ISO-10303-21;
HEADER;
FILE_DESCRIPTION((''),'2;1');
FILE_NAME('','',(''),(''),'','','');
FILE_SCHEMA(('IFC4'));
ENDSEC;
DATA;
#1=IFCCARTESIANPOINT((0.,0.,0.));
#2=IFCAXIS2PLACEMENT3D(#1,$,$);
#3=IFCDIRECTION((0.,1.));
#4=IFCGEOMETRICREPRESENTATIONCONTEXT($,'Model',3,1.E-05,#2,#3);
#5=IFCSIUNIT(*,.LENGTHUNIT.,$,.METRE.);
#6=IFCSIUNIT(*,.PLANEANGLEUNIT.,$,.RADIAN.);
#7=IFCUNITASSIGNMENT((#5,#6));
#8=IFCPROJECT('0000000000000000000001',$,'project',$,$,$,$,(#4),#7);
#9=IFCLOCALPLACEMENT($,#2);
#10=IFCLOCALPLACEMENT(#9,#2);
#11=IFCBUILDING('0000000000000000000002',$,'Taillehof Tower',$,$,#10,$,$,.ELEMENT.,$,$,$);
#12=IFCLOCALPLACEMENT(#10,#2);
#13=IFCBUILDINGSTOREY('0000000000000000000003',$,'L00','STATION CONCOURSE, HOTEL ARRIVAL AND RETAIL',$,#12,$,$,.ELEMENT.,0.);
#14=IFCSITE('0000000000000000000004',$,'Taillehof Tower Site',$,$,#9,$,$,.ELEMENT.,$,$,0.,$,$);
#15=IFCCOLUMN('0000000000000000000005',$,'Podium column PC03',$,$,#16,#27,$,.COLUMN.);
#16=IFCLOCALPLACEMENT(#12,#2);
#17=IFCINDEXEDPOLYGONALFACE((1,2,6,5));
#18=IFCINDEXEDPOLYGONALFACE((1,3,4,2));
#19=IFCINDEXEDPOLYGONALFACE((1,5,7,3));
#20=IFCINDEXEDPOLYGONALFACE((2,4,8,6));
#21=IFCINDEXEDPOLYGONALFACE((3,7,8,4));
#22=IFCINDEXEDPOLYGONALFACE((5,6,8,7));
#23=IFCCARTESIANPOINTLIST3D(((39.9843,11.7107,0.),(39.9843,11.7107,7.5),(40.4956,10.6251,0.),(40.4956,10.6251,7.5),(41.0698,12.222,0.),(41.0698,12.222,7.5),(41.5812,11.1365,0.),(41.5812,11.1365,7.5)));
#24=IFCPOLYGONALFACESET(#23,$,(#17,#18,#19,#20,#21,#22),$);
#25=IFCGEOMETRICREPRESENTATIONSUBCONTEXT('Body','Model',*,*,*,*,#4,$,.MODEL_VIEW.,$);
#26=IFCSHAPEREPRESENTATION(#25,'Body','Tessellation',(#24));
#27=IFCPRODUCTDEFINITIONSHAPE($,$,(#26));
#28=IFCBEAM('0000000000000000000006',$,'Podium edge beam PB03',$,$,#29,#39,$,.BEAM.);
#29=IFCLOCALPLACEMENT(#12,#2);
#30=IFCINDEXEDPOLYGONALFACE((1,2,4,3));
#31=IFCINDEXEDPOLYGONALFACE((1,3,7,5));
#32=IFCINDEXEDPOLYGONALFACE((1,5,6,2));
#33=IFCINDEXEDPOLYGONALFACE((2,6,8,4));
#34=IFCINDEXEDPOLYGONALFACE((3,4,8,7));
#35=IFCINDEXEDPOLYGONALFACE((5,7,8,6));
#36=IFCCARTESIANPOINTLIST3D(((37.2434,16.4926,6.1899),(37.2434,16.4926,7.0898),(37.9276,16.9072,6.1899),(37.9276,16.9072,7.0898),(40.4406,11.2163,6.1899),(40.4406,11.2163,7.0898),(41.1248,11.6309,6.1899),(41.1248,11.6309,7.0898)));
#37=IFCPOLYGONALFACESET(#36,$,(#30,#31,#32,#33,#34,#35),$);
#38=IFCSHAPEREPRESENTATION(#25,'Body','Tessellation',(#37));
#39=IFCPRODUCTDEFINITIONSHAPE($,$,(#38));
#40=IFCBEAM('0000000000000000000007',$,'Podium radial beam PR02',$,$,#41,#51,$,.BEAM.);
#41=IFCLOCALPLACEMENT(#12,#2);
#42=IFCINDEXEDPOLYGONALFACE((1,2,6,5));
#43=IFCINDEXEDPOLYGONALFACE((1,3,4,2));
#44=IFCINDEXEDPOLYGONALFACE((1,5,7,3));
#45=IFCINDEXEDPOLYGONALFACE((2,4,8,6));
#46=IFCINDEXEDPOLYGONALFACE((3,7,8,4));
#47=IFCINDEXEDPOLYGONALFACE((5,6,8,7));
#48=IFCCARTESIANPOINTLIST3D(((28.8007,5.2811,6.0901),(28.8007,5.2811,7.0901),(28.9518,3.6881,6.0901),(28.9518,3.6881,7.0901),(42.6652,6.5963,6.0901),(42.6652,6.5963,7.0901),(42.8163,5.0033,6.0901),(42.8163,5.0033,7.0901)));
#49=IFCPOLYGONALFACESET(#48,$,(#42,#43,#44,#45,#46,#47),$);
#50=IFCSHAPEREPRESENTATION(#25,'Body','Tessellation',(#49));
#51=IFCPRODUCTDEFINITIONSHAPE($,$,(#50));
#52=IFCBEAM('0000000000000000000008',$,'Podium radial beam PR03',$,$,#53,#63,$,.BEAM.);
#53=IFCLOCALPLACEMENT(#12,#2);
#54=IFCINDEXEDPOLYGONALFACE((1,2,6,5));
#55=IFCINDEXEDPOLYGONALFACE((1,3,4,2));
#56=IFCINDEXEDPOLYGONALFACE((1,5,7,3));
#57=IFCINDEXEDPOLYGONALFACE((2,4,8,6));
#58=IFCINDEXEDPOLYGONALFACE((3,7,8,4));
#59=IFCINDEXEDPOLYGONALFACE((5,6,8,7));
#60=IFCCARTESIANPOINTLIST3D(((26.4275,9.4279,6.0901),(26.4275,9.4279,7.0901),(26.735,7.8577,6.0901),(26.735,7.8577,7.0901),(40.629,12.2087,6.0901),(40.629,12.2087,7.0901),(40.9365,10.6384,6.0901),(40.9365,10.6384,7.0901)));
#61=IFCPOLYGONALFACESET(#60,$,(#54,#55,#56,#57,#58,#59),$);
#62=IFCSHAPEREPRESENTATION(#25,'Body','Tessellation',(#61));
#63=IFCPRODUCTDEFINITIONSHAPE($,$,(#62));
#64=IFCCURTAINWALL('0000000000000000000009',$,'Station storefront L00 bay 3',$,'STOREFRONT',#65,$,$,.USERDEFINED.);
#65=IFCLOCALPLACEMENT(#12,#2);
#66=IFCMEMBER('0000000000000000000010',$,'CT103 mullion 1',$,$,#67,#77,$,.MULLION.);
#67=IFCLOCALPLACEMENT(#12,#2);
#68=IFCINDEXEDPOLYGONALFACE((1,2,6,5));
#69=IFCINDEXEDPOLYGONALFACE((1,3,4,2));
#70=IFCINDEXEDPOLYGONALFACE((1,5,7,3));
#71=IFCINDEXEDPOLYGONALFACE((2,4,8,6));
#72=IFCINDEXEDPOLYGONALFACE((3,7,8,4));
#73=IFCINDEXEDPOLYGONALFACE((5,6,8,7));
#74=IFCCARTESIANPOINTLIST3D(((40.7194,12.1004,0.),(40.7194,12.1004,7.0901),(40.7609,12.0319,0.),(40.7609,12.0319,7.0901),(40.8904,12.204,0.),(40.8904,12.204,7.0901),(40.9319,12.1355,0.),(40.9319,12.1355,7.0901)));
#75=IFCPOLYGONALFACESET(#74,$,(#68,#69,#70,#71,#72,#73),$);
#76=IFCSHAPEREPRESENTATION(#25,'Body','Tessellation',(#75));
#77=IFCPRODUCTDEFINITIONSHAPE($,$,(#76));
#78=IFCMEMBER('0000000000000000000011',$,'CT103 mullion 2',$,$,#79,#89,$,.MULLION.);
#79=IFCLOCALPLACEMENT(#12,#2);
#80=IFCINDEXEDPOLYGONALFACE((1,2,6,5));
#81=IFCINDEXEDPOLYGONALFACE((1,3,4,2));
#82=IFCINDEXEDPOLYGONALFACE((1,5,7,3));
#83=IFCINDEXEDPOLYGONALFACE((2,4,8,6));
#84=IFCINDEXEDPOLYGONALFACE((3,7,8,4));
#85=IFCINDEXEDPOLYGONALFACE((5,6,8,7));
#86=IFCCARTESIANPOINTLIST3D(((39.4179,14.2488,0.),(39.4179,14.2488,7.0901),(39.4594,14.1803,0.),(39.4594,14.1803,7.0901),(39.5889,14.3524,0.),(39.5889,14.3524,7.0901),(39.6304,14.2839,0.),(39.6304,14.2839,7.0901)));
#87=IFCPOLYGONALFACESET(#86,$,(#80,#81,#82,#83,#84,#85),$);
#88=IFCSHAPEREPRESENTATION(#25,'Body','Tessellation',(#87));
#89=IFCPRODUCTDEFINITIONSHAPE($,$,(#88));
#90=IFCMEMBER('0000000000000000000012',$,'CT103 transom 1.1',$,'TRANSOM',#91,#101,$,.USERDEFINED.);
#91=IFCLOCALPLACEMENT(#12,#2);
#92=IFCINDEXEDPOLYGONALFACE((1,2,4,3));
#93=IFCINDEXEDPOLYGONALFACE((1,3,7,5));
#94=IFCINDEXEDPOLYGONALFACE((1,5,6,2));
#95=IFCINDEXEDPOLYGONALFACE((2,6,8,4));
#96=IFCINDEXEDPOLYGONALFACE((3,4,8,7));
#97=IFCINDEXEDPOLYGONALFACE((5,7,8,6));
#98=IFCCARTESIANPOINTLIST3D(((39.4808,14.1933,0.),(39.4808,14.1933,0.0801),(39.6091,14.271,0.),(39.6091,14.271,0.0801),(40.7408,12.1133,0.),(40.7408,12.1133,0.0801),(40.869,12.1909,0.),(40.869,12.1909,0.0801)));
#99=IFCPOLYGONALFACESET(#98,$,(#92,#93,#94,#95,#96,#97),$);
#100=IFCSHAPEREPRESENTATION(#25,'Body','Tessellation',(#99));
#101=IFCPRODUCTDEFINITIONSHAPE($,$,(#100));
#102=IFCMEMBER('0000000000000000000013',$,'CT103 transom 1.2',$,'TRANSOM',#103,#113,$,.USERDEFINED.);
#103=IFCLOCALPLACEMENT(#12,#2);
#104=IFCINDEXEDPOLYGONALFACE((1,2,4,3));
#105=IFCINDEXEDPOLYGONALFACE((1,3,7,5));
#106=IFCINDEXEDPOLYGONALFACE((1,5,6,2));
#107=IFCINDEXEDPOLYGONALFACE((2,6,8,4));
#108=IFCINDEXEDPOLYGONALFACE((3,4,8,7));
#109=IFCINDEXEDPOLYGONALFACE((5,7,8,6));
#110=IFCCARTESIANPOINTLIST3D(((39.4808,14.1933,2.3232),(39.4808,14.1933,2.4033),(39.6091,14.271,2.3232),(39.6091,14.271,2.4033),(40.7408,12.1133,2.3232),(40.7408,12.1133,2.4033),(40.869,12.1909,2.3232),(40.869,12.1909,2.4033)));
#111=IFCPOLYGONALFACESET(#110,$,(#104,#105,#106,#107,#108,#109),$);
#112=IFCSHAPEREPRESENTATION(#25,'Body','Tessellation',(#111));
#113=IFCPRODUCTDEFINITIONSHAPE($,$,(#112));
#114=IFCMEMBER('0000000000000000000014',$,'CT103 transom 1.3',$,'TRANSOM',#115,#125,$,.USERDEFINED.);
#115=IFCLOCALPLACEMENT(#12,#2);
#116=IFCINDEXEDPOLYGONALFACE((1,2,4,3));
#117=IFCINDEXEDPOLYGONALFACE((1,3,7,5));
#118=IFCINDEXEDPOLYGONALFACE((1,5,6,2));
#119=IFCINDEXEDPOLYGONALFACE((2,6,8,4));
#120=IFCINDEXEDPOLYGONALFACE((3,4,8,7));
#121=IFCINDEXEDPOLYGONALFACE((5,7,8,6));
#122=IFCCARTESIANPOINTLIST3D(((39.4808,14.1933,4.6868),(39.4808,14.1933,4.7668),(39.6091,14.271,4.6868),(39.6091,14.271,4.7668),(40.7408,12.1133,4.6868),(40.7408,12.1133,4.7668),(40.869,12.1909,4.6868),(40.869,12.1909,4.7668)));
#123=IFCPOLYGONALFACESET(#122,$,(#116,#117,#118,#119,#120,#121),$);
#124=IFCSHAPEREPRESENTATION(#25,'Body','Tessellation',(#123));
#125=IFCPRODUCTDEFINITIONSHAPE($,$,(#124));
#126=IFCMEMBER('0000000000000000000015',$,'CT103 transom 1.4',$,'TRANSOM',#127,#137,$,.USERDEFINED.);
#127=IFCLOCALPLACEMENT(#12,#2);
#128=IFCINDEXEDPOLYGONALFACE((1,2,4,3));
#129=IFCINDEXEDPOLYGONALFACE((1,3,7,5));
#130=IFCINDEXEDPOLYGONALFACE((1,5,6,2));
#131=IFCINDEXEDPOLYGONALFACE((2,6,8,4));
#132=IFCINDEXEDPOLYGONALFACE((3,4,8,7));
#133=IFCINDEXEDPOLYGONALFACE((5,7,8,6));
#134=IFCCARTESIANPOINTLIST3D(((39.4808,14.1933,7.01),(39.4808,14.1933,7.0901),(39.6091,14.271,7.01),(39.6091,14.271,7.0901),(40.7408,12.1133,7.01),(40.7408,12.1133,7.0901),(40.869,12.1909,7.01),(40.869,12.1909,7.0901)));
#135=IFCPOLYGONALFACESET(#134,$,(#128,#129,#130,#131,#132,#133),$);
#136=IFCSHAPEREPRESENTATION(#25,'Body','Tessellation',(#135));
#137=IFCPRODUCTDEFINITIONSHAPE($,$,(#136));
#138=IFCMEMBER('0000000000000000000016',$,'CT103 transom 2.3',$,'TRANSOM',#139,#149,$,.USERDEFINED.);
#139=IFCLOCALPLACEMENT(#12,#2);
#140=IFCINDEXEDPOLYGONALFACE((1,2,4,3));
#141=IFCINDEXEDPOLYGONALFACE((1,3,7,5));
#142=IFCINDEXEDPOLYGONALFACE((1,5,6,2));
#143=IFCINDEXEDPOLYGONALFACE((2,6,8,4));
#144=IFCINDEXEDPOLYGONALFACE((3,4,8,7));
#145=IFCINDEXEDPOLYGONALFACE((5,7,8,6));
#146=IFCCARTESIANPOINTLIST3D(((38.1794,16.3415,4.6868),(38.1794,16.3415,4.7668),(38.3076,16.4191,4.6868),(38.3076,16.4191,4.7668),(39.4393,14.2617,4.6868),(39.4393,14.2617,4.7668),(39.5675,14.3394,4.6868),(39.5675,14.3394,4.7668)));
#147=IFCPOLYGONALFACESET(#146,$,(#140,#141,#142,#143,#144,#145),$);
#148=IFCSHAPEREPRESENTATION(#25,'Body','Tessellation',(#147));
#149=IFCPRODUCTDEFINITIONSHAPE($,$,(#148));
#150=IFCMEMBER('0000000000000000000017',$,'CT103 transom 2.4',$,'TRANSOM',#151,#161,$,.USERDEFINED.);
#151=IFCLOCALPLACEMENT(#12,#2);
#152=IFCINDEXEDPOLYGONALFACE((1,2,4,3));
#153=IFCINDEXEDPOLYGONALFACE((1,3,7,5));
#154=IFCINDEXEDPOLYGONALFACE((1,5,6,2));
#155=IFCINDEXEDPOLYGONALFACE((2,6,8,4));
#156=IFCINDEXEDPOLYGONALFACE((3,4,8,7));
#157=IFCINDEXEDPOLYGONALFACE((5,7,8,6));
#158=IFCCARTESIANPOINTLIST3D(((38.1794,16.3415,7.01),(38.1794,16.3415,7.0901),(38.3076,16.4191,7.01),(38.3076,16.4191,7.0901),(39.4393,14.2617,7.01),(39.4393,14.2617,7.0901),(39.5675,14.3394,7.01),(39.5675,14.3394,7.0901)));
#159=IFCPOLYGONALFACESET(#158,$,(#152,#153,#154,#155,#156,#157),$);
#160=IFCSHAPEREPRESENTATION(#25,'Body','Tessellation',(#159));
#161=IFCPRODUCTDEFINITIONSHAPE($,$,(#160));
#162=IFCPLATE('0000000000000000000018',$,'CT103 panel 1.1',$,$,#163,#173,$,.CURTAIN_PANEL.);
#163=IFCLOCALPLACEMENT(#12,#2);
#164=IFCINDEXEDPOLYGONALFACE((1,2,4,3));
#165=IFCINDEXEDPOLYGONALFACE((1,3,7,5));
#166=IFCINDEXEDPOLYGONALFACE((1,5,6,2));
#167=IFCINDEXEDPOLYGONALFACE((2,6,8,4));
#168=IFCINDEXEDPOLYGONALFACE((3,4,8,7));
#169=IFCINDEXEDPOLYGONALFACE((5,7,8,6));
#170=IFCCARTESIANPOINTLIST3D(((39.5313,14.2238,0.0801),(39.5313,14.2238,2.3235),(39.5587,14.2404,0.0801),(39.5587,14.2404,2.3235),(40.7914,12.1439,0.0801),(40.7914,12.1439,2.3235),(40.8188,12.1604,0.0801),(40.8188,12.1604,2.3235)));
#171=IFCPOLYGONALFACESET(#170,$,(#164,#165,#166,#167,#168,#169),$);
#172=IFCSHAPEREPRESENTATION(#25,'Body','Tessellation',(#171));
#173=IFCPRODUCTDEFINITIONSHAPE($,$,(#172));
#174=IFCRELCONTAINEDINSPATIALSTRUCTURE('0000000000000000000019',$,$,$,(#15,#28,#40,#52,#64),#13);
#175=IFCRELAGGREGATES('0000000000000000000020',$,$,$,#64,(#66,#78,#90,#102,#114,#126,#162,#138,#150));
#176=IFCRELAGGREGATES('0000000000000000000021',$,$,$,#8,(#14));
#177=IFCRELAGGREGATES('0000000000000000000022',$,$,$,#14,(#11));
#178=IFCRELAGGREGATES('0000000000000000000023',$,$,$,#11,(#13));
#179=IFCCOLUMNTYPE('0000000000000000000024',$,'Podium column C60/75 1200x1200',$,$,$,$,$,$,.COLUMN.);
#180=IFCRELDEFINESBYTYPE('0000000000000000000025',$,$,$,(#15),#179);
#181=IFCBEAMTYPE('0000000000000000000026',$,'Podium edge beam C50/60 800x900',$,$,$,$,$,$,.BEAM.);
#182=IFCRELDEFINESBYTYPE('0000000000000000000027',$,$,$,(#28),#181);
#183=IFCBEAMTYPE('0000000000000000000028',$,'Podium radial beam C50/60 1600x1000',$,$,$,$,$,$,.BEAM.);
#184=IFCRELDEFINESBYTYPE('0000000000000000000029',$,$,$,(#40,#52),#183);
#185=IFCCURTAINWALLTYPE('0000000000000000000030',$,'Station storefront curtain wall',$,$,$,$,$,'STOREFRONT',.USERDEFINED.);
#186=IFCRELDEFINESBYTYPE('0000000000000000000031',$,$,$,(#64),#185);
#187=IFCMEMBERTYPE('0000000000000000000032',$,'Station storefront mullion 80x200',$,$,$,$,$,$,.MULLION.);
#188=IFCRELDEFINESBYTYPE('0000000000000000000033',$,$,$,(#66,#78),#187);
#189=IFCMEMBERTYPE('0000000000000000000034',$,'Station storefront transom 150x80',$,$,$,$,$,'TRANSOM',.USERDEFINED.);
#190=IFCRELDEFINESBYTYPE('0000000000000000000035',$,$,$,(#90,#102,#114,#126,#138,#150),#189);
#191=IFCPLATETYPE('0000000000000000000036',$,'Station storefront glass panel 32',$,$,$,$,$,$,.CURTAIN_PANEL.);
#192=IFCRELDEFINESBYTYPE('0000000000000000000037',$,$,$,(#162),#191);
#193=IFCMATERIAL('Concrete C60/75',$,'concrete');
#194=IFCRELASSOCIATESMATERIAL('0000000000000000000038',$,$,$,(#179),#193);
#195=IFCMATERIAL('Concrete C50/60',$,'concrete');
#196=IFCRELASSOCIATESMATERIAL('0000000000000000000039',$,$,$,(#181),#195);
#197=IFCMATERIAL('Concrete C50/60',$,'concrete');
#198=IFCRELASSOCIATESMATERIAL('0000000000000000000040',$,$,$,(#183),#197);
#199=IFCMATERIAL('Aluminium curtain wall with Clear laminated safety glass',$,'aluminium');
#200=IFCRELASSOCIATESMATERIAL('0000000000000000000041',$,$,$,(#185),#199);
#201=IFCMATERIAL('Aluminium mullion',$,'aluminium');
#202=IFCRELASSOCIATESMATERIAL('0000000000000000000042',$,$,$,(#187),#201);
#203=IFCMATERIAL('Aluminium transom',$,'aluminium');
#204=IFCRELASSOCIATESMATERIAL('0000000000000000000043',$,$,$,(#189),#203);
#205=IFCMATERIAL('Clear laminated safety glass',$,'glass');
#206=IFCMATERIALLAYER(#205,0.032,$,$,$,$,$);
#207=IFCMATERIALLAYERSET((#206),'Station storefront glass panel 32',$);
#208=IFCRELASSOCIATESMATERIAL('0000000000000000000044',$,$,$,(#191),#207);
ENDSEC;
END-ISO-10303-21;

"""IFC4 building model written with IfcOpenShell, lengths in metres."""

from ifc_helpers import new_model, si_unit, direction, frame, origin, origin_2d, place, context, subcontext, project, spatial, rectangle, extrude, material, layer, layer_set, material_profile, profile_set, type_object, element, aggregate, save


model = new_model("IFC4")

# Units and contexts
model_context = context("Model", 3, precision=1e-05, world=origin(), true_north=direction((0.0, 1.0)))
body_context = subcontext(model_context, "Body", "Model", "MODEL_VIEW")
ifc_project = project(units=[si_unit("LENGTHUNIT", "METRE"), si_unit("PLANEANGLEUNIT", "RADIAN")], contexts=[model_context])

# Site, building, storey
site_placement = place(None, origin())
site = spatial("IfcSite", under=ifc_project, at=site_placement, Name="Taillehof Tower Site", CompositionType="ELEMENT", RefElevation=0.0)
building_placement = place(site_placement, origin())
building = spatial("IfcBuilding", under=site, at=building_placement, Name="Taillehof Tower", CompositionType="ELEMENT")
storey_placement = place(building_placement, origin())
storey = spatial("IfcBuildingStorey", under=building, at=storey_placement, Name="L00", Description="STATION CONCOURSE, HOTEL ARRIVAL AND RETAIL", CompositionType="ELEMENT", Elevation=0.0)

# Column
ifc_material_1 = material(Name="Concrete C60/75", Category="concrete")
ifc_material_profile_1 = material_profile(ifc_material_1, rectangle(XDim=1.2, YDim=1.2, at=origin_2d()), Name="RC 1200x1200")
ifc_profile_set_1 = profile_set([ifc_material_profile_1], Name="Concrete C60/75")
column_type = type_object("IfcColumnType", Name="Podium column C60/75 1200x1200", PredefinedType="COLUMN", material=ifc_profile_set_1)
column_placement = place(storey_placement, frame((40.7827, 11.4236, 0.0), z_axis=(0.0, 0.0, 1.0), x_axis=(0.904668, 0.426117, 0.0)))
element("IfcColumn", 1, at=column_placement, inside=storey, type_object=column_type, Name="Podium column PC03", PredefinedType="COLUMN", context=body_context, shape_type="SweptSolid", body=[
    extrude(rectangle(XDim=1.2, YDim=1.2, at=origin_2d()), origin(), (0.0, 0.0, 1.0), 7.5),
])

# Beams
ifc_material_2 = material(Name="Concrete C50/60", Category="concrete")
ifc_material_profile_2 = material_profile(ifc_material_2, rectangle(XDim=0.8, YDim=0.8999, at=origin_2d()), Name="RC 800x900")
ifc_profile_set_2 = profile_set([ifc_material_profile_2], Name="Concrete C50/60")
beam_type_1 = type_object("IfcBeamType", Name="Podium edge beam C50/60 800x900", PredefinedType="BEAM", material=ifc_profile_set_2)
beam_1_placement = place(storey_placement, frame((40.7827, 11.4236, 6.6399), z_axis=(-0.518239, 0.855236, 0.0), x_axis=(-0.855236, -0.518239, 0.0)))
element("IfcBeam", 2, at=beam_1_placement, inside=storey, type_object=beam_type_1, Name="Podium edge beam PB03", PredefinedType="BEAM", context=body_context, shape_type="SweptSolid", body=[
    extrude(rectangle(XDim=0.8, YDim=0.8999, at=origin_2d()), origin(), (0.0, 0.0, 1.0), 6.1694),
])
ifc_material_3 = material(Name="Concrete C50/60", Category="concrete")
ifc_material_profile_3 = material_profile(ifc_material_3, rectangle(XDim=1.6001, YDim=1.0, at=origin_2d()), Name="RC 1600x1000")
ifc_profile_set_3 = profile_set([ifc_material_profile_3], Name="Concrete C50/60")
beam_type_2 = type_object("IfcBeamType", Name="Podium radial beam C50/60 1600x1000", PredefinedType="BEAM", material=ifc_profile_set_3)
beam_2_placement = place(storey_placement, frame((42.7407, 5.7998, 6.5901), z_axis=(-0.995531, -0.094436, 0.0), x_axis=(0.094436, -0.995531, 0.0)))
element("IfcBeam", 3, at=beam_2_placement, inside=storey, type_object=beam_type_2, Name="Podium radial beam PR02", PredefinedType="BEAM", context=body_context, shape_type="SweptSolid", body=[
    extrude(rectangle(XDim=1.6001, YDim=1.0, at=origin_2d()), origin(), (0.0, 0.0, 1.0), 13.9268),
])
beam_3_placement = place(storey_placement, frame((40.7827, 11.4236, 6.5901), z_axis=(-0.981364, -0.19216, 0.0), x_axis=(0.19216, -0.981364, 0.0)))
element("IfcBeam", 4, at=beam_3_placement, inside=storey, type_object=beam_type_2, Name="Podium radial beam PR03", PredefinedType="BEAM", context=body_context, shape_type="SweptSolid", body=[
    extrude(rectangle(XDim=1.6001, YDim=1.0, at=origin_2d()), origin(), (0.0, 0.0, 1.0), 14.4712),
])

# Curtain wall, members, plate
ifc_material_4 = material(Name="Aluminium curtain wall with Clear laminated safety glass", Category="aluminium")
curtain_wall_type = type_object("IfcCurtainWallType", Name="Station storefront curtain wall", ElementType="STOREFRONT", PredefinedType="USERDEFINED", material=ifc_material_4)
curtain_wall_placement = place(storey_placement, origin())
curtain_wall = element("IfcCurtainWall", 5, at=curtain_wall_placement, inside=storey, type_object=curtain_wall_type, Name="Station storefront L00 bay 3", ObjectType="STOREFRONT", PredefinedType="USERDEFINED")
ifc_material_5 = material(Name="Aluminium mullion", Category="aluminium")
ifc_material_profile_4 = material_profile(ifc_material_5, rectangle(XDim=0.2, YDim=0.0801, at=origin_2d()), Name="AL 80x200")
ifc_profile_set_4 = profile_set([ifc_material_profile_4], Name="Aluminium mullion")
member_type_1 = type_object("IfcMemberType", Name="Station storefront mullion 80x200", PredefinedType="MULLION", material=ifc_profile_set_4)
member_1_placement = place(storey_placement, frame((40.8257, 12.1179, 0.0), z_axis=(0.0, 0.0, 1.0), x_axis=(-0.855289, -0.518151, 0.0)))
member_1 = element("IfcMember", 6, at=member_1_placement, type_object=member_type_1, Name="CT103 mullion 1", PredefinedType="MULLION", context=body_context, shape_type="SweptSolid", body=[
    extrude(rectangle(XDim=0.2, YDim=0.0801, at=origin_2d()), origin(), (0.0, 0.0, 1.0), 7.0901),
])
member_2_placement = place(storey_placement, frame((39.5242, 14.2664, 0.0), z_axis=(0.0, 0.0, 1.0), x_axis=(-0.855289, -0.518151, 0.0)))
member_2 = element("IfcMember", 7, at=member_2_placement, type_object=member_type_1, Name="CT103 mullion 2", PredefinedType="MULLION", context=body_context, shape_type="SweptSolid", body=[
    extrude(rectangle(XDim=0.2, YDim=0.0801, at=origin_2d()), origin(), (0.0, 0.0, 1.0), 7.0901),
])
ifc_material_6 = material(Name="Aluminium transom", Category="aluminium")
ifc_material_profile_5 = material_profile(ifc_material_6, rectangle(XDim=0.1499, YDim=0.0801, at=origin_2d()), Name="AL 150x80")
ifc_profile_set_5 = profile_set([ifc_material_profile_5], Name="Aluminium transom")
member_type_2 = type_object("IfcMemberType", Name="Station storefront transom 150x80", ElementType="TRANSOM", PredefinedType="USERDEFINED", material=ifc_profile_set_5)
member_3_placement = place(storey_placement, frame((40.8049, 12.1521, 0.04), z_axis=(-0.518108, 0.855315, 0.0), x_axis=(-0.855315, -0.518108, 0.0)))
member_3 = element("IfcMember", 8, at=member_3_placement, type_object=member_type_2, Name="CT103 transom 1.1", ObjectType="TRANSOM", PredefinedType="USERDEFINED", context=body_context, shape_type="SweptSolid", body=[
    extrude(rectangle(XDim=0.1499, YDim=0.0801, at=origin_2d()), origin(), (0.0, 0.0, 1.0), 2.4319),
])
member_4_placement = place(storey_placement, frame((40.8049, 12.1521, 2.3633), z_axis=(-0.518108, 0.855315, 0.0), x_axis=(-0.855315, -0.518108, 0.0)))
member_4 = element("IfcMember", 9, at=member_4_placement, type_object=member_type_2, Name="CT103 transom 1.2", ObjectType="TRANSOM", PredefinedType="USERDEFINED", context=body_context, shape_type="SweptSolid", body=[
    extrude(rectangle(XDim=0.1499, YDim=0.0801, at=origin_2d()), origin(), (0.0, 0.0, 1.0), 2.4319),
])
member_5_placement = place(storey_placement, frame((40.8049, 12.1521, 4.7268), z_axis=(-0.518108, 0.855315, 0.0), x_axis=(-0.855315, -0.518108, 0.0)))
member_5 = element("IfcMember", 10, at=member_5_placement, type_object=member_type_2, Name="CT103 transom 1.3", ObjectType="TRANSOM", PredefinedType="USERDEFINED", context=body_context, shape_type="SweptSolid", body=[
    extrude(rectangle(XDim=0.1499, YDim=0.0801, at=origin_2d()), origin(), (0.0, 0.0, 1.0), 2.4319),
])
member_6_placement = place(storey_placement, frame((40.8049, 12.1521, 7.05), z_axis=(-0.518108, 0.855315, 0.0), x_axis=(-0.855315, -0.518108, 0.0)))
member_6 = element("IfcMember", 11, at=member_6_placement, type_object=member_type_2, Name="CT103 transom 1.4", ObjectType="TRANSOM", PredefinedType="USERDEFINED", context=body_context, shape_type="SweptSolid", body=[
    extrude(rectangle(XDim=0.1499, YDim=0.0801, at=origin_2d()), origin(), (0.0, 0.0, 1.0), 2.4319),
])
member_7_placement = place(storey_placement, frame((39.5034, 14.3005, 4.7268), z_axis=(-0.518153, 0.855288, 0.0), x_axis=(-0.855288, -0.518153, 0.0)))
member_7 = element("IfcMember", 12, at=member_7_placement, type_object=member_type_2, Name="CT103 transom 2.3", ObjectType="TRANSOM", PredefinedType="USERDEFINED", context=body_context, shape_type="SweptSolid", body=[
    extrude(rectangle(XDim=0.1499, YDim=0.0801, at=origin_2d()), origin(), (0.0, 0.0, 1.0), 2.4316),
])
member_8_placement = place(storey_placement, frame((39.5034, 14.3005, 7.05), z_axis=(-0.518153, 0.855288, 0.0), x_axis=(-0.855288, -0.518153, 0.0)))
member_8 = element("IfcMember", 13, at=member_8_placement, type_object=member_type_2, Name="CT103 transom 2.4", ObjectType="TRANSOM", PredefinedType="USERDEFINED", context=body_context, shape_type="SweptSolid", body=[
    extrude(rectangle(XDim=0.1499, YDim=0.0801, at=origin_2d()), origin(), (0.0, 0.0, 1.0), 2.4316),
])
ifc_material_7 = material(Name="Clear laminated safety glass", Category="glass")
ifc_layer_1 = layer(ifc_material_7, 0.032)
ifc_layer_set_1 = layer_set([ifc_layer_1], Name="Station storefront glass panel 32")
plate_type = type_object("IfcPlateType", Name="Station storefront glass panel 32", PredefinedType="CURTAIN_PANEL", material=ifc_layer_set_1)
plate_1_placement = place(storey_placement, frame((40.175, 13.1921, 0.0801), z_axis=(0.0, 0.0, 1.0), x_axis=(-0.518151, 0.855289, 0.0)))
plate_1 = element("IfcPlate", 14, at=plate_1_placement, type_object=plate_type, Name="CT103 panel 1.1", PredefinedType="CURTAIN_PANEL", context=body_context, shape_type="SweptSolid", body=[
    extrude(rectangle(XDim=2.4319, YDim=0.032, at=origin_2d()), origin(), (0.0, 0.0, 1.0), 2.2434),
])
aggregate(curtain_wall, [member_1, member_2, member_3, member_4, member_5, member_6, plate_1, member_7, member_8])

save(model, "model.ifc")
